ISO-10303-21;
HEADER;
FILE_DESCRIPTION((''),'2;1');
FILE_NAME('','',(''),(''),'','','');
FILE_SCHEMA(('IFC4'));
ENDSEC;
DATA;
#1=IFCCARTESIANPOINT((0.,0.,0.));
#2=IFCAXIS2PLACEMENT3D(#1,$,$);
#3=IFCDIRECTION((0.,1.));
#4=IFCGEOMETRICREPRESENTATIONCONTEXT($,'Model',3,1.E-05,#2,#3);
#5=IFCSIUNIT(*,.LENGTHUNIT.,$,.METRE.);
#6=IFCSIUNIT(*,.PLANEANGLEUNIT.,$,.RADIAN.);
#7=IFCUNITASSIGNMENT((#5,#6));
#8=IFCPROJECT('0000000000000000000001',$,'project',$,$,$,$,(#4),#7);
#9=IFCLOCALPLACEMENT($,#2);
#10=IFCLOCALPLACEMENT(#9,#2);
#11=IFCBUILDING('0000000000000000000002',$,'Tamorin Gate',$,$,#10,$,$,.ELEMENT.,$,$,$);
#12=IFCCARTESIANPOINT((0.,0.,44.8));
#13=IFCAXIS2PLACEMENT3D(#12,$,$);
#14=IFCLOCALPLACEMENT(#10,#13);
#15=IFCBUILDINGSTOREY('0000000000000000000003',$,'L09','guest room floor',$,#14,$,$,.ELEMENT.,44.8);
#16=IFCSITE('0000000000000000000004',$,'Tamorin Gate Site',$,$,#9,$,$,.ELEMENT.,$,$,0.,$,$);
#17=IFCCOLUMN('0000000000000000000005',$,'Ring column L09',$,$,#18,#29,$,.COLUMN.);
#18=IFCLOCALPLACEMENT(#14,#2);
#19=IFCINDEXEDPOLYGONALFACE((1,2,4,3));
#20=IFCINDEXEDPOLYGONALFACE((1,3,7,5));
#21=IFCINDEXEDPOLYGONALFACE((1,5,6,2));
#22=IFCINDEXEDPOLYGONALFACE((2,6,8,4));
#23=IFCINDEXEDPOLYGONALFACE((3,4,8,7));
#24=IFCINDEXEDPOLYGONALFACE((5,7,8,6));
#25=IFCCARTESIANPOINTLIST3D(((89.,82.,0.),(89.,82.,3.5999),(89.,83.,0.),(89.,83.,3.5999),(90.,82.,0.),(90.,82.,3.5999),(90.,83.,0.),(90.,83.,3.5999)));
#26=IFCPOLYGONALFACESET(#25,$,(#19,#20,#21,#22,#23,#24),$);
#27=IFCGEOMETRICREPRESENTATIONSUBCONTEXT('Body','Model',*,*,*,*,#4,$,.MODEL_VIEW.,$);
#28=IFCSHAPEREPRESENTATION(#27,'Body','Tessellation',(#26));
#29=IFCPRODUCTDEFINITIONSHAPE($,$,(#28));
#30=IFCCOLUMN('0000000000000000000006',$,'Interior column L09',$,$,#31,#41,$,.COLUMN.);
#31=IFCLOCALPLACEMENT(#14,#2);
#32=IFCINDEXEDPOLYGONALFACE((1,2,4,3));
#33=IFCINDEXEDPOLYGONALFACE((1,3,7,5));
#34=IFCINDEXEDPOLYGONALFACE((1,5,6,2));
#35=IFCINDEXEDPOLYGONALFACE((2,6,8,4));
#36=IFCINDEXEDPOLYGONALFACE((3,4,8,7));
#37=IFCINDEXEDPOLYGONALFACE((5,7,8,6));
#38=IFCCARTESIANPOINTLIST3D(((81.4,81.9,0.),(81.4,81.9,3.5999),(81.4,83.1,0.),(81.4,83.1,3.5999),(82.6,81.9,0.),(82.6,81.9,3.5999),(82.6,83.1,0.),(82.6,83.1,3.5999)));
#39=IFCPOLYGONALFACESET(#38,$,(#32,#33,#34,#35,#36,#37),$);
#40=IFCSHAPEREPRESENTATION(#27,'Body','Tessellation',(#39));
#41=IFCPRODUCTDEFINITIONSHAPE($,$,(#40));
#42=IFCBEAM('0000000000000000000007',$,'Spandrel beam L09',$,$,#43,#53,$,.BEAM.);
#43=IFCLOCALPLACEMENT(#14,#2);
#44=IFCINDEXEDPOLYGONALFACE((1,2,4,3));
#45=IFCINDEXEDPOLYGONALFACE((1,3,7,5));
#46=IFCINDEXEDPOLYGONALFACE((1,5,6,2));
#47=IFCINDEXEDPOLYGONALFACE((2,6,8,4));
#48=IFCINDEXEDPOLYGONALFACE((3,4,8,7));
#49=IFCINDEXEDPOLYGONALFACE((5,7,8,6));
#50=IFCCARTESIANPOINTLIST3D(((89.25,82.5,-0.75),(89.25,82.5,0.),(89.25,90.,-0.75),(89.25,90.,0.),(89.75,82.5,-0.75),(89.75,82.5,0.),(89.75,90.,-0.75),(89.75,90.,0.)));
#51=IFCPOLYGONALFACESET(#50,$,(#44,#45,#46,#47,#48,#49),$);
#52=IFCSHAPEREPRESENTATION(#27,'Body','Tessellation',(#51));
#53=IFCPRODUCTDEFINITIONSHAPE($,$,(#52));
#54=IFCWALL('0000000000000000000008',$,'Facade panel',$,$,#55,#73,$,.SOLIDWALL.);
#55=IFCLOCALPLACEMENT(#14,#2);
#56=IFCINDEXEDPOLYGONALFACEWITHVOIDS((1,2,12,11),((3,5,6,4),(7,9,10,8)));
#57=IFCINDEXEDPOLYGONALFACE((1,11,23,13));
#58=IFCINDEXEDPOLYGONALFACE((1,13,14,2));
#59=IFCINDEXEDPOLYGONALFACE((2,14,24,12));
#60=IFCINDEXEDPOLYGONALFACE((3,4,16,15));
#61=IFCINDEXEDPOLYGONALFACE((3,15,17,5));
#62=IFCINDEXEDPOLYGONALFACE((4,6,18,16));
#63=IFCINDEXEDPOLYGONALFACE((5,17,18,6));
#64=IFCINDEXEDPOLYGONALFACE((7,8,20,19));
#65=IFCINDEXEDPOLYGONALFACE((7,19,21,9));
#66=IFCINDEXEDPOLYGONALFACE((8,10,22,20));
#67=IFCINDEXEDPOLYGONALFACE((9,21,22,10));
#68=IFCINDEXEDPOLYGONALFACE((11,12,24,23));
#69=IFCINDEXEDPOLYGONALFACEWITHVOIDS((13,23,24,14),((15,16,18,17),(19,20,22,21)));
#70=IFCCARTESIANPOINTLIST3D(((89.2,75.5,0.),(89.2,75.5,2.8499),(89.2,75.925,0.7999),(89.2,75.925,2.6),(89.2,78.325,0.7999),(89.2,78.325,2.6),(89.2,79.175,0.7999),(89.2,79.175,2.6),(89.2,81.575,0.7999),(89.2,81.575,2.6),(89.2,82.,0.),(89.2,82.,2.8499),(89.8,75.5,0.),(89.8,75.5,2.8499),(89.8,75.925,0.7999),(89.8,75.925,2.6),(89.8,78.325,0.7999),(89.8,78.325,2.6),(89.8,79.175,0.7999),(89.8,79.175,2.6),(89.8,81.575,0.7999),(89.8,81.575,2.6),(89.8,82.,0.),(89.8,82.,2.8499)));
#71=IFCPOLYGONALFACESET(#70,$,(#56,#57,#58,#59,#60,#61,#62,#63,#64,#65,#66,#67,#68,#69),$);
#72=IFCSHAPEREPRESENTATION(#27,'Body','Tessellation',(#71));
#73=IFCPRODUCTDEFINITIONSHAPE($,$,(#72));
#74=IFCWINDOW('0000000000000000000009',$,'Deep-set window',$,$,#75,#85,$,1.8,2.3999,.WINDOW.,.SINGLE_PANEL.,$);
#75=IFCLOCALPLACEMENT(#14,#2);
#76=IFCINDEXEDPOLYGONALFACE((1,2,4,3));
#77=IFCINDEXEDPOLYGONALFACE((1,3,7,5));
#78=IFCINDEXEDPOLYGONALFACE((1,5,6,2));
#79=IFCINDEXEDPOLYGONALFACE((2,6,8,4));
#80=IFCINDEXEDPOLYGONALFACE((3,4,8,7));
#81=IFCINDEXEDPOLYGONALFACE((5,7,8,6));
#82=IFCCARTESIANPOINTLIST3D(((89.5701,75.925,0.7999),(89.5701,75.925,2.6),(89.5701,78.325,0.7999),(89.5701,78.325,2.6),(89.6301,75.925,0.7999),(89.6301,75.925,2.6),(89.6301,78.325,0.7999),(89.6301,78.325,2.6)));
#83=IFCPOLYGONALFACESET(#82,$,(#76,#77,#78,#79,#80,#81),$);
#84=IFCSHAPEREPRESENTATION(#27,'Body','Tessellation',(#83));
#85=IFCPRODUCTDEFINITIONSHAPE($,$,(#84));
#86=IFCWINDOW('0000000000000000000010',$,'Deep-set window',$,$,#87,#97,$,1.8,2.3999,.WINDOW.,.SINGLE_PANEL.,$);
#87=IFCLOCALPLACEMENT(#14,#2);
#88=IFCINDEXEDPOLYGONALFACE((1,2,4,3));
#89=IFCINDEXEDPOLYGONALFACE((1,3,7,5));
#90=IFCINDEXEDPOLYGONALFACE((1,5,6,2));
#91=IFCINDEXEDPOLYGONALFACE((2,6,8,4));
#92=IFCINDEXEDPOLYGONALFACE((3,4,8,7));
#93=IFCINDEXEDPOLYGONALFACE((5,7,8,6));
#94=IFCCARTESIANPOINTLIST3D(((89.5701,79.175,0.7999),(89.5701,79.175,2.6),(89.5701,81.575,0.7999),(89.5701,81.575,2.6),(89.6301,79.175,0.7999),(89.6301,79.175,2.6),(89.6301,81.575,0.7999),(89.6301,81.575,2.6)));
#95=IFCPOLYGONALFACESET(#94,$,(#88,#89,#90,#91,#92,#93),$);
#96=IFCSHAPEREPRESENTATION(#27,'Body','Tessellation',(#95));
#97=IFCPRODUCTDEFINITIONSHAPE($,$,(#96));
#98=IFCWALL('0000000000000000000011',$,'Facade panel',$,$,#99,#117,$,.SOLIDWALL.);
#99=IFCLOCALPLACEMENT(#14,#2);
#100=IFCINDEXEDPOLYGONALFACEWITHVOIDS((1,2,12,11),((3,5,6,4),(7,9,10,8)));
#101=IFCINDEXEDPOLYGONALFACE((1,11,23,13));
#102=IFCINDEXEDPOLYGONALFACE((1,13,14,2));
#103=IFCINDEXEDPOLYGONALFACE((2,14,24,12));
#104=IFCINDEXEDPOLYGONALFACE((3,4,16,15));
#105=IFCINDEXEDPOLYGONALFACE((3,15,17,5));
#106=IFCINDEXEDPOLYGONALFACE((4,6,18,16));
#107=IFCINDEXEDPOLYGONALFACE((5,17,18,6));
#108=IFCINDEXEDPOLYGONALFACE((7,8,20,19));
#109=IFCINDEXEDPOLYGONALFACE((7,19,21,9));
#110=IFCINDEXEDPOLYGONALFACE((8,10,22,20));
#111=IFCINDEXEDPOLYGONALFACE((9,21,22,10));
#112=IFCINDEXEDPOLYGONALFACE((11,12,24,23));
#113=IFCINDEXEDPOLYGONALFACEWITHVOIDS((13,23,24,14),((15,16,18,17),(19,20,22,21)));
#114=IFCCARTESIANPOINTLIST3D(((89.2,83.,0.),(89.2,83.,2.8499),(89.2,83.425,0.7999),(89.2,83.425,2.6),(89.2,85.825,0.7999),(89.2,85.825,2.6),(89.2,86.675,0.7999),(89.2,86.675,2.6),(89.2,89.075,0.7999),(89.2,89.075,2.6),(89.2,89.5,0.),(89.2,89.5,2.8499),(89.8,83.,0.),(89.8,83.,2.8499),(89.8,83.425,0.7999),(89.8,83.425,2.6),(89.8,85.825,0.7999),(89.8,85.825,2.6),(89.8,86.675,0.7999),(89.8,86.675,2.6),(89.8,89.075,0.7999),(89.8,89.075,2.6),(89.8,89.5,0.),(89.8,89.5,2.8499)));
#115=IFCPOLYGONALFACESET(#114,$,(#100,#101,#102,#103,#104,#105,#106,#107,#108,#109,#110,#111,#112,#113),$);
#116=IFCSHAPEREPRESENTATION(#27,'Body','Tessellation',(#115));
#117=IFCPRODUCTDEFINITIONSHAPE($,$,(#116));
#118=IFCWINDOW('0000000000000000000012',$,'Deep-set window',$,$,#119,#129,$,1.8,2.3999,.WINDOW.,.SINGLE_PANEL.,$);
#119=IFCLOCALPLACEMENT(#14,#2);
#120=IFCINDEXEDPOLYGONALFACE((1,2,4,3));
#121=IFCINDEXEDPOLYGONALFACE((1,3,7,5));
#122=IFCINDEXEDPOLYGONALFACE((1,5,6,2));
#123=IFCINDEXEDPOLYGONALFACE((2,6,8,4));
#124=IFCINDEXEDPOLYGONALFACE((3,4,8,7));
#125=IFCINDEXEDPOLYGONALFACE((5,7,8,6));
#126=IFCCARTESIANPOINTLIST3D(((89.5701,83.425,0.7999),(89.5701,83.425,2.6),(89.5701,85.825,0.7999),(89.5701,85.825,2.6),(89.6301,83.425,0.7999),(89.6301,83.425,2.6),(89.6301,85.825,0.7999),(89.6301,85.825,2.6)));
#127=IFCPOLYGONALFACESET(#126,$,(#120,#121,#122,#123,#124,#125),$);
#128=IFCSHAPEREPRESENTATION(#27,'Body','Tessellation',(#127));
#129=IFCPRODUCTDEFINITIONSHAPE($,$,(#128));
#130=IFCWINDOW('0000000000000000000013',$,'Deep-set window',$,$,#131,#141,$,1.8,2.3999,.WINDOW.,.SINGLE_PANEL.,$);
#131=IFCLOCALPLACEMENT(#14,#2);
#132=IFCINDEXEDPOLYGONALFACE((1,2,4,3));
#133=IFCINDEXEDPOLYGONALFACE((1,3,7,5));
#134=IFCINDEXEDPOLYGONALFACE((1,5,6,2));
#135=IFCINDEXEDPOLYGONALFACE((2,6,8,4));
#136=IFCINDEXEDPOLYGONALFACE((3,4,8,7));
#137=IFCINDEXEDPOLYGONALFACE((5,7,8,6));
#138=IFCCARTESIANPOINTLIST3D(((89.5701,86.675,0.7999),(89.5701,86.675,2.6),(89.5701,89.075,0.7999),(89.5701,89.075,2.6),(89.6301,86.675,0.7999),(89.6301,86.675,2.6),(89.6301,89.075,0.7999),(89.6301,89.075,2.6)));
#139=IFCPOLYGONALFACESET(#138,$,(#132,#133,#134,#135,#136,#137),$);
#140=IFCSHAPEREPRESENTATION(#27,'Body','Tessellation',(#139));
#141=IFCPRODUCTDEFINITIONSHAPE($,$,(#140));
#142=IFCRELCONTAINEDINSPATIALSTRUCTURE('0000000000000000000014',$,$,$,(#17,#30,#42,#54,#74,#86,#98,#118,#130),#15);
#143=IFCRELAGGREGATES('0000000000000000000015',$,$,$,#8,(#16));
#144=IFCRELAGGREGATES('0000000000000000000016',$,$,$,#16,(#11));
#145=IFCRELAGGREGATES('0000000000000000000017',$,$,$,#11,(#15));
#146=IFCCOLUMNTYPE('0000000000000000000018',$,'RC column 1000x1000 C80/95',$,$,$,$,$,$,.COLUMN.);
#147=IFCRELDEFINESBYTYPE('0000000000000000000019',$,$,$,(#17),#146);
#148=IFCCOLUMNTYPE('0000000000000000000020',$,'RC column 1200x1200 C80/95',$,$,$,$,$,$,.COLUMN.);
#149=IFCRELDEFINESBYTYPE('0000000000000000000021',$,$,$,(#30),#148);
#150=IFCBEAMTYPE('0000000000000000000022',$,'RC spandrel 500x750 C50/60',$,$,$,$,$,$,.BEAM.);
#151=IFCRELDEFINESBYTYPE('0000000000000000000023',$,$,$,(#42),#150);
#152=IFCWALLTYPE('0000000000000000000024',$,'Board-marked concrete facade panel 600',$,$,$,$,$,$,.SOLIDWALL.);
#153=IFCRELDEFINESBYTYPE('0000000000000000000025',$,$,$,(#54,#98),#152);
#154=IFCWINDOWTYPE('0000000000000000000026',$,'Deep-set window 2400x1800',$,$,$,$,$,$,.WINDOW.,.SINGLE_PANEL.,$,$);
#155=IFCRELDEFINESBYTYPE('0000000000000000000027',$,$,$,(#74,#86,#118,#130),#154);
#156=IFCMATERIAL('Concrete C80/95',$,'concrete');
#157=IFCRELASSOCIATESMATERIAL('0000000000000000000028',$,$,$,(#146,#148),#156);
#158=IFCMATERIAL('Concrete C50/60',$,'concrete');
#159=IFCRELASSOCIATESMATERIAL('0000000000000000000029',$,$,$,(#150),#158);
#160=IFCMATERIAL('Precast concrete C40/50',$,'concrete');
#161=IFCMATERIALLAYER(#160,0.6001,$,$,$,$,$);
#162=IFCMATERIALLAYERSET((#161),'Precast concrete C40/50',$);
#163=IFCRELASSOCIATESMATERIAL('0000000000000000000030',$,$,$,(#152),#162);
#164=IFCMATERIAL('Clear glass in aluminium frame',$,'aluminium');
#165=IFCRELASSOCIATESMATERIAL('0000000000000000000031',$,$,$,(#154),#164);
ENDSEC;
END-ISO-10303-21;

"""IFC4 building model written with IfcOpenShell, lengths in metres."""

from ifc_helpers import new_model, si_unit, direction, frame, frame_2d, origin, origin_2d, place, context, subcontext, project, spatial, rectangle, extrude, material, layer, layer_set, material_profile, profile_set, type_object, element, fill, save


model = new_model("IFC4")

# Units and contexts
model_context = context("Model", 3, precision=1e-05, world=origin(), true_north=direction((0.0, 1.0)))
body_context = subcontext(model_context, "Body", "Model", "MODEL_VIEW")
ifc_project = project(units=[si_unit("LENGTHUNIT", "METRE"), si_unit("PLANEANGLEUNIT", "RADIAN")], contexts=[model_context])

# Site, building, storey
site_placement = place(None, origin())
site = spatial("IfcSite", under=ifc_project, at=site_placement, Name="Tamorin Gate Site", CompositionType="ELEMENT", RefElevation=0.0)
building_placement = place(site_placement, origin())
building = spatial("IfcBuilding", under=site, at=building_placement, Name="Tamorin Gate", CompositionType="ELEMENT")
storey_placement = place(building_placement, frame((0.0, 0.0, 44.8)))
storey = spatial("IfcBuildingStorey", under=building, at=storey_placement, Name="L09", Description="guest room floor", CompositionType="ELEMENT", Elevation=44.8)

# Columns
ifc_material_1 = material(Name="Concrete C80/95", Category="concrete")
ifc_material_profile_1 = material_profile(ifc_material_1, rectangle(XDim=1.0, YDim=1.0, at=origin_2d()), Name="RC 1000x1000")
ifc_profile_set_1 = profile_set([ifc_material_profile_1], Name="Concrete C80/95")
column_type_1 = type_object("IfcColumnType", Name="RC column 1000x1000 C80/95", PredefinedType="COLUMN", material=ifc_profile_set_1)
column_1_placement = place(storey_placement, frame((89.5, 82.5, 0.0), z_axis=(0.0, 0.0, 1.0), x_axis=(1.0, 0.0, 0.0)))
element("IfcColumn", 1, at=column_1_placement, inside=storey, type_object=column_type_1, Name="Ring column L09", PredefinedType="COLUMN", context=body_context, shape_type="SweptSolid", body=[
    extrude(rectangle(XDim=1.0, YDim=1.0, at=origin_2d()), origin(), (0.0, 0.0, 1.0), 3.5999),
])
ifc_material_profile_2 = material_profile(ifc_material_1, rectangle(XDim=1.2, YDim=1.2, at=origin_2d()), Name="RC 1200x1200")
ifc_profile_set_2 = profile_set([ifc_material_profile_2], Name="Concrete C80/95")
column_type_2 = type_object("IfcColumnType", Name="RC column 1200x1200 C80/95", PredefinedType="COLUMN", material=ifc_profile_set_2)
column_2_placement = place(storey_placement, frame((82.0, 82.5, 0.0), z_axis=(0.0, 0.0, 1.0), x_axis=(1.0, 0.0, 0.0)))
element("IfcColumn", 2, at=column_2_placement, inside=storey, type_object=column_type_2, Name="Interior column L09", PredefinedType="COLUMN", context=body_context, shape_type="SweptSolid", body=[
    extrude(rectangle(XDim=1.2, YDim=1.2, at=origin_2d()), origin(), (0.0, 0.0, 1.0), 3.5999),
])

# Beam
ifc_material_2 = material(Name="Concrete C50/60", Category="concrete")
ifc_material_profile_3 = material_profile(ifc_material_2, rectangle(XDim=0.5, YDim=0.75, at=origin_2d()), Name="RC 500x750")
ifc_profile_set_3 = profile_set([ifc_material_profile_3], Name="Concrete C50/60")
beam_type = type_object("IfcBeamType", Name="RC spandrel 500x750 C50/60", PredefinedType="BEAM", material=ifc_profile_set_3)
beam_placement = place(storey_placement, frame((89.5, 82.5, -0.375), z_axis=(0.0, 1.0, 0.0), x_axis=(-1.0, 0.0, 0.0)))
element("IfcBeam", 3, at=beam_placement, inside=storey, type_object=beam_type, Name="Spandrel beam L09", PredefinedType="BEAM", context=body_context, shape_type="SweptSolid", body=[
    extrude(rectangle(XDim=0.5, YDim=0.75, at=origin_2d()), origin(), (0.0, 0.0, 1.0), 7.5),
])

# Walls, openings, windows
ifc_material_3 = material(Name="Precast concrete C40/50", Category="concrete")
ifc_layer_1 = layer(ifc_material_3, 0.6001)
ifc_layer_set_1 = layer_set([ifc_layer_1], Name="Precast concrete C40/50")
wall_type_1 = type_object("IfcWallType", Name="Board-marked concrete facade panel 600", PredefinedType="SOLIDWALL", material=ifc_layer_set_1)
wall_1_placement = place(storey_placement, frame((89.5, 75.5, 0.0), z_axis=(0.0, 0.0, 1.0), x_axis=(0.0, 1.0, 0.0)))
wall_1 = element("IfcWall", 4, at=wall_1_placement, inside=storey, type_object=wall_type_1, Name="Facade panel", PredefinedType="SOLIDWALL", context=body_context, shape_type="SweptSolid", body=[
    extrude(rectangle(XDim=6.5, YDim=0.6001, at=frame_2d((3.25, 0.0))), origin(), (0.0, 0.0, 1.0), 2.8499),
])
opening_1_placement = place(wall_1_placement, frame((0.425, 0.0, 0.8)))
opening_1 = element("IfcOpeningElement", 5, at=opening_1_placement, cuts=wall_1, PredefinedType="OPENING", context=body_context, shape_type="SweptSolid", body=[
    extrude(rectangle(XDim=2.3999, YDim=1.8, at=frame_2d((1.2, 0.8999))), frame((0.0, 0.3101, 0.0), z_axis=(0.0, -1.0, 0.0), x_axis=(1.0, 0.0, 0.0)), (0.0, 0.0, 1.0), 0.6201),
])
opening_2_placement = place(wall_1_placement, frame((3.675, 0.0, 0.8)))
opening_2 = element("IfcOpeningElement", 6, at=opening_2_placement, cuts=wall_1, PredefinedType="OPENING", context=body_context, shape_type="SweptSolid", body=[
    extrude(rectangle(XDim=2.3999, YDim=1.8, at=frame_2d((1.2, 0.8999))), frame((0.0, 0.3101, 0.0), z_axis=(0.0, -1.0, 0.0), x_axis=(1.0, 0.0, 0.0)), (0.0, 0.0, 1.0), 0.6201),
])
ifc_material_4 = material(Name="Clear glass in aluminium frame", Category="aluminium")
window_type = type_object("IfcWindowType", Name="Deep-set window 2400x1800", PartitioningType="SINGLE_PANEL", PredefinedType="WINDOW", material=ifc_material_4)
window_1_placement = place(opening_1_placement, origin())
window_1 = element("IfcWindow", 7, at=window_1_placement, inside=storey, type_object=window_type, Name="Deep-set window", OverallHeight=1.8, OverallWidth=2.3999, PartitioningType="SINGLE_PANEL", PredefinedType="WINDOW", context=body_context, shape_type="SweptSolid", body=[
    extrude(rectangle(XDim=2.3999, YDim=1.8, at=frame_2d((1.2, 0.8999))), frame((0.0, -0.0701, 0.0), z_axis=(0.0, -1.0, 0.0), x_axis=(1.0, 0.0, 0.0)), (0.0, 0.0, 1.0), 0.0601),
])
fill(opening_1, window_1)
window_2_placement = place(opening_2_placement, origin())
window_2 = element("IfcWindow", 8, at=window_2_placement, inside=storey, type_object=window_type, Name="Deep-set window", OverallHeight=1.8, OverallWidth=2.3999, PartitioningType="SINGLE_PANEL", PredefinedType="WINDOW", context=body_context, shape_type="SweptSolid", body=[
    extrude(rectangle(XDim=2.3999, YDim=1.8, at=frame_2d((1.2, 0.8999))), frame((0.0, -0.0701, 0.0), z_axis=(0.0, -1.0, 0.0), x_axis=(1.0, 0.0, 0.0)), (0.0, 0.0, 1.0), 0.0601),
])
fill(opening_2, window_2)
wall_2_placement = place(storey_placement, frame((89.5, 83.0, 0.0), z_axis=(0.0, 0.0, 1.0), x_axis=(0.0, 1.0, 0.0)))
wall_2 = element("IfcWall", 9, at=wall_2_placement, inside=storey, type_object=wall_type_1, Name="Facade panel", PredefinedType="SOLIDWALL", context=body_context, shape_type="SweptSolid", body=[
    extrude(rectangle(XDim=6.5, YDim=0.6001, at=frame_2d((3.25, 0.0))), origin(), (0.0, 0.0, 1.0), 2.8499),
])
opening_3_placement = place(wall_2_placement, frame((0.425, 0.0, 0.8)))
opening_3 = element("IfcOpeningElement", 10, at=opening_3_placement, cuts=wall_2, PredefinedType="OPENING", context=body_context, shape_type="SweptSolid", body=[
    extrude(rectangle(XDim=2.3999, YDim=1.8, at=frame_2d((1.2, 0.8999))), frame((0.0, 0.3101, 0.0), z_axis=(0.0, -1.0, 0.0), x_axis=(1.0, 0.0, 0.0)), (0.0, 0.0, 1.0), 0.6201),
])
opening_4_placement = place(wall_2_placement, frame((3.675, 0.0, 0.8)))
opening_4 = element("IfcOpeningElement", 11, at=opening_4_placement, cuts=wall_2, PredefinedType="OPENING", context=body_context, shape_type="SweptSolid", body=[
    extrude(rectangle(XDim=2.3999, YDim=1.8, at=frame_2d((1.2, 0.8999))), frame((0.0, 0.3101, 0.0), z_axis=(0.0, -1.0, 0.0), x_axis=(1.0, 0.0, 0.0)), (0.0, 0.0, 1.0), 0.6201),
])
window_3_placement = place(opening_3_placement, origin())
window_3 = element("IfcWindow", 12, at=window_3_placement, inside=storey, type_object=window_type, Name="Deep-set window", OverallHeight=1.8, OverallWidth=2.3999, PartitioningType="SINGLE_PANEL", PredefinedType="WINDOW", context=body_context, shape_type="SweptSolid", body=[
    extrude(rectangle(XDim=2.3999, YDim=1.8, at=frame_2d((1.2, 0.8999))), frame((0.0, -0.0701, 0.0), z_axis=(0.0, -1.0, 0.0), x_axis=(1.0, 0.0, 0.0)), (0.0, 0.0, 1.0), 0.0601),
])
fill(opening_3, window_3)
window_4_placement = place(opening_4_placement, origin())
window_4 = element("IfcWindow", 13, at=window_4_placement, inside=storey, type_object=window_type, Name="Deep-set window", OverallHeight=1.8, OverallWidth=2.3999, PartitioningType="SINGLE_PANEL", PredefinedType="WINDOW", context=body_context, shape_type="SweptSolid", body=[
    extrude(rectangle(XDim=2.3999, YDim=1.8, at=frame_2d((1.2, 0.8999))), frame((0.0, -0.0701, 0.0), z_axis=(0.0, -1.0, 0.0), x_axis=(1.0, 0.0, 0.0)), (0.0, 0.0, 1.0), 0.0601),
])
fill(opening_4, window_4)

save(model, "model.ifc")
